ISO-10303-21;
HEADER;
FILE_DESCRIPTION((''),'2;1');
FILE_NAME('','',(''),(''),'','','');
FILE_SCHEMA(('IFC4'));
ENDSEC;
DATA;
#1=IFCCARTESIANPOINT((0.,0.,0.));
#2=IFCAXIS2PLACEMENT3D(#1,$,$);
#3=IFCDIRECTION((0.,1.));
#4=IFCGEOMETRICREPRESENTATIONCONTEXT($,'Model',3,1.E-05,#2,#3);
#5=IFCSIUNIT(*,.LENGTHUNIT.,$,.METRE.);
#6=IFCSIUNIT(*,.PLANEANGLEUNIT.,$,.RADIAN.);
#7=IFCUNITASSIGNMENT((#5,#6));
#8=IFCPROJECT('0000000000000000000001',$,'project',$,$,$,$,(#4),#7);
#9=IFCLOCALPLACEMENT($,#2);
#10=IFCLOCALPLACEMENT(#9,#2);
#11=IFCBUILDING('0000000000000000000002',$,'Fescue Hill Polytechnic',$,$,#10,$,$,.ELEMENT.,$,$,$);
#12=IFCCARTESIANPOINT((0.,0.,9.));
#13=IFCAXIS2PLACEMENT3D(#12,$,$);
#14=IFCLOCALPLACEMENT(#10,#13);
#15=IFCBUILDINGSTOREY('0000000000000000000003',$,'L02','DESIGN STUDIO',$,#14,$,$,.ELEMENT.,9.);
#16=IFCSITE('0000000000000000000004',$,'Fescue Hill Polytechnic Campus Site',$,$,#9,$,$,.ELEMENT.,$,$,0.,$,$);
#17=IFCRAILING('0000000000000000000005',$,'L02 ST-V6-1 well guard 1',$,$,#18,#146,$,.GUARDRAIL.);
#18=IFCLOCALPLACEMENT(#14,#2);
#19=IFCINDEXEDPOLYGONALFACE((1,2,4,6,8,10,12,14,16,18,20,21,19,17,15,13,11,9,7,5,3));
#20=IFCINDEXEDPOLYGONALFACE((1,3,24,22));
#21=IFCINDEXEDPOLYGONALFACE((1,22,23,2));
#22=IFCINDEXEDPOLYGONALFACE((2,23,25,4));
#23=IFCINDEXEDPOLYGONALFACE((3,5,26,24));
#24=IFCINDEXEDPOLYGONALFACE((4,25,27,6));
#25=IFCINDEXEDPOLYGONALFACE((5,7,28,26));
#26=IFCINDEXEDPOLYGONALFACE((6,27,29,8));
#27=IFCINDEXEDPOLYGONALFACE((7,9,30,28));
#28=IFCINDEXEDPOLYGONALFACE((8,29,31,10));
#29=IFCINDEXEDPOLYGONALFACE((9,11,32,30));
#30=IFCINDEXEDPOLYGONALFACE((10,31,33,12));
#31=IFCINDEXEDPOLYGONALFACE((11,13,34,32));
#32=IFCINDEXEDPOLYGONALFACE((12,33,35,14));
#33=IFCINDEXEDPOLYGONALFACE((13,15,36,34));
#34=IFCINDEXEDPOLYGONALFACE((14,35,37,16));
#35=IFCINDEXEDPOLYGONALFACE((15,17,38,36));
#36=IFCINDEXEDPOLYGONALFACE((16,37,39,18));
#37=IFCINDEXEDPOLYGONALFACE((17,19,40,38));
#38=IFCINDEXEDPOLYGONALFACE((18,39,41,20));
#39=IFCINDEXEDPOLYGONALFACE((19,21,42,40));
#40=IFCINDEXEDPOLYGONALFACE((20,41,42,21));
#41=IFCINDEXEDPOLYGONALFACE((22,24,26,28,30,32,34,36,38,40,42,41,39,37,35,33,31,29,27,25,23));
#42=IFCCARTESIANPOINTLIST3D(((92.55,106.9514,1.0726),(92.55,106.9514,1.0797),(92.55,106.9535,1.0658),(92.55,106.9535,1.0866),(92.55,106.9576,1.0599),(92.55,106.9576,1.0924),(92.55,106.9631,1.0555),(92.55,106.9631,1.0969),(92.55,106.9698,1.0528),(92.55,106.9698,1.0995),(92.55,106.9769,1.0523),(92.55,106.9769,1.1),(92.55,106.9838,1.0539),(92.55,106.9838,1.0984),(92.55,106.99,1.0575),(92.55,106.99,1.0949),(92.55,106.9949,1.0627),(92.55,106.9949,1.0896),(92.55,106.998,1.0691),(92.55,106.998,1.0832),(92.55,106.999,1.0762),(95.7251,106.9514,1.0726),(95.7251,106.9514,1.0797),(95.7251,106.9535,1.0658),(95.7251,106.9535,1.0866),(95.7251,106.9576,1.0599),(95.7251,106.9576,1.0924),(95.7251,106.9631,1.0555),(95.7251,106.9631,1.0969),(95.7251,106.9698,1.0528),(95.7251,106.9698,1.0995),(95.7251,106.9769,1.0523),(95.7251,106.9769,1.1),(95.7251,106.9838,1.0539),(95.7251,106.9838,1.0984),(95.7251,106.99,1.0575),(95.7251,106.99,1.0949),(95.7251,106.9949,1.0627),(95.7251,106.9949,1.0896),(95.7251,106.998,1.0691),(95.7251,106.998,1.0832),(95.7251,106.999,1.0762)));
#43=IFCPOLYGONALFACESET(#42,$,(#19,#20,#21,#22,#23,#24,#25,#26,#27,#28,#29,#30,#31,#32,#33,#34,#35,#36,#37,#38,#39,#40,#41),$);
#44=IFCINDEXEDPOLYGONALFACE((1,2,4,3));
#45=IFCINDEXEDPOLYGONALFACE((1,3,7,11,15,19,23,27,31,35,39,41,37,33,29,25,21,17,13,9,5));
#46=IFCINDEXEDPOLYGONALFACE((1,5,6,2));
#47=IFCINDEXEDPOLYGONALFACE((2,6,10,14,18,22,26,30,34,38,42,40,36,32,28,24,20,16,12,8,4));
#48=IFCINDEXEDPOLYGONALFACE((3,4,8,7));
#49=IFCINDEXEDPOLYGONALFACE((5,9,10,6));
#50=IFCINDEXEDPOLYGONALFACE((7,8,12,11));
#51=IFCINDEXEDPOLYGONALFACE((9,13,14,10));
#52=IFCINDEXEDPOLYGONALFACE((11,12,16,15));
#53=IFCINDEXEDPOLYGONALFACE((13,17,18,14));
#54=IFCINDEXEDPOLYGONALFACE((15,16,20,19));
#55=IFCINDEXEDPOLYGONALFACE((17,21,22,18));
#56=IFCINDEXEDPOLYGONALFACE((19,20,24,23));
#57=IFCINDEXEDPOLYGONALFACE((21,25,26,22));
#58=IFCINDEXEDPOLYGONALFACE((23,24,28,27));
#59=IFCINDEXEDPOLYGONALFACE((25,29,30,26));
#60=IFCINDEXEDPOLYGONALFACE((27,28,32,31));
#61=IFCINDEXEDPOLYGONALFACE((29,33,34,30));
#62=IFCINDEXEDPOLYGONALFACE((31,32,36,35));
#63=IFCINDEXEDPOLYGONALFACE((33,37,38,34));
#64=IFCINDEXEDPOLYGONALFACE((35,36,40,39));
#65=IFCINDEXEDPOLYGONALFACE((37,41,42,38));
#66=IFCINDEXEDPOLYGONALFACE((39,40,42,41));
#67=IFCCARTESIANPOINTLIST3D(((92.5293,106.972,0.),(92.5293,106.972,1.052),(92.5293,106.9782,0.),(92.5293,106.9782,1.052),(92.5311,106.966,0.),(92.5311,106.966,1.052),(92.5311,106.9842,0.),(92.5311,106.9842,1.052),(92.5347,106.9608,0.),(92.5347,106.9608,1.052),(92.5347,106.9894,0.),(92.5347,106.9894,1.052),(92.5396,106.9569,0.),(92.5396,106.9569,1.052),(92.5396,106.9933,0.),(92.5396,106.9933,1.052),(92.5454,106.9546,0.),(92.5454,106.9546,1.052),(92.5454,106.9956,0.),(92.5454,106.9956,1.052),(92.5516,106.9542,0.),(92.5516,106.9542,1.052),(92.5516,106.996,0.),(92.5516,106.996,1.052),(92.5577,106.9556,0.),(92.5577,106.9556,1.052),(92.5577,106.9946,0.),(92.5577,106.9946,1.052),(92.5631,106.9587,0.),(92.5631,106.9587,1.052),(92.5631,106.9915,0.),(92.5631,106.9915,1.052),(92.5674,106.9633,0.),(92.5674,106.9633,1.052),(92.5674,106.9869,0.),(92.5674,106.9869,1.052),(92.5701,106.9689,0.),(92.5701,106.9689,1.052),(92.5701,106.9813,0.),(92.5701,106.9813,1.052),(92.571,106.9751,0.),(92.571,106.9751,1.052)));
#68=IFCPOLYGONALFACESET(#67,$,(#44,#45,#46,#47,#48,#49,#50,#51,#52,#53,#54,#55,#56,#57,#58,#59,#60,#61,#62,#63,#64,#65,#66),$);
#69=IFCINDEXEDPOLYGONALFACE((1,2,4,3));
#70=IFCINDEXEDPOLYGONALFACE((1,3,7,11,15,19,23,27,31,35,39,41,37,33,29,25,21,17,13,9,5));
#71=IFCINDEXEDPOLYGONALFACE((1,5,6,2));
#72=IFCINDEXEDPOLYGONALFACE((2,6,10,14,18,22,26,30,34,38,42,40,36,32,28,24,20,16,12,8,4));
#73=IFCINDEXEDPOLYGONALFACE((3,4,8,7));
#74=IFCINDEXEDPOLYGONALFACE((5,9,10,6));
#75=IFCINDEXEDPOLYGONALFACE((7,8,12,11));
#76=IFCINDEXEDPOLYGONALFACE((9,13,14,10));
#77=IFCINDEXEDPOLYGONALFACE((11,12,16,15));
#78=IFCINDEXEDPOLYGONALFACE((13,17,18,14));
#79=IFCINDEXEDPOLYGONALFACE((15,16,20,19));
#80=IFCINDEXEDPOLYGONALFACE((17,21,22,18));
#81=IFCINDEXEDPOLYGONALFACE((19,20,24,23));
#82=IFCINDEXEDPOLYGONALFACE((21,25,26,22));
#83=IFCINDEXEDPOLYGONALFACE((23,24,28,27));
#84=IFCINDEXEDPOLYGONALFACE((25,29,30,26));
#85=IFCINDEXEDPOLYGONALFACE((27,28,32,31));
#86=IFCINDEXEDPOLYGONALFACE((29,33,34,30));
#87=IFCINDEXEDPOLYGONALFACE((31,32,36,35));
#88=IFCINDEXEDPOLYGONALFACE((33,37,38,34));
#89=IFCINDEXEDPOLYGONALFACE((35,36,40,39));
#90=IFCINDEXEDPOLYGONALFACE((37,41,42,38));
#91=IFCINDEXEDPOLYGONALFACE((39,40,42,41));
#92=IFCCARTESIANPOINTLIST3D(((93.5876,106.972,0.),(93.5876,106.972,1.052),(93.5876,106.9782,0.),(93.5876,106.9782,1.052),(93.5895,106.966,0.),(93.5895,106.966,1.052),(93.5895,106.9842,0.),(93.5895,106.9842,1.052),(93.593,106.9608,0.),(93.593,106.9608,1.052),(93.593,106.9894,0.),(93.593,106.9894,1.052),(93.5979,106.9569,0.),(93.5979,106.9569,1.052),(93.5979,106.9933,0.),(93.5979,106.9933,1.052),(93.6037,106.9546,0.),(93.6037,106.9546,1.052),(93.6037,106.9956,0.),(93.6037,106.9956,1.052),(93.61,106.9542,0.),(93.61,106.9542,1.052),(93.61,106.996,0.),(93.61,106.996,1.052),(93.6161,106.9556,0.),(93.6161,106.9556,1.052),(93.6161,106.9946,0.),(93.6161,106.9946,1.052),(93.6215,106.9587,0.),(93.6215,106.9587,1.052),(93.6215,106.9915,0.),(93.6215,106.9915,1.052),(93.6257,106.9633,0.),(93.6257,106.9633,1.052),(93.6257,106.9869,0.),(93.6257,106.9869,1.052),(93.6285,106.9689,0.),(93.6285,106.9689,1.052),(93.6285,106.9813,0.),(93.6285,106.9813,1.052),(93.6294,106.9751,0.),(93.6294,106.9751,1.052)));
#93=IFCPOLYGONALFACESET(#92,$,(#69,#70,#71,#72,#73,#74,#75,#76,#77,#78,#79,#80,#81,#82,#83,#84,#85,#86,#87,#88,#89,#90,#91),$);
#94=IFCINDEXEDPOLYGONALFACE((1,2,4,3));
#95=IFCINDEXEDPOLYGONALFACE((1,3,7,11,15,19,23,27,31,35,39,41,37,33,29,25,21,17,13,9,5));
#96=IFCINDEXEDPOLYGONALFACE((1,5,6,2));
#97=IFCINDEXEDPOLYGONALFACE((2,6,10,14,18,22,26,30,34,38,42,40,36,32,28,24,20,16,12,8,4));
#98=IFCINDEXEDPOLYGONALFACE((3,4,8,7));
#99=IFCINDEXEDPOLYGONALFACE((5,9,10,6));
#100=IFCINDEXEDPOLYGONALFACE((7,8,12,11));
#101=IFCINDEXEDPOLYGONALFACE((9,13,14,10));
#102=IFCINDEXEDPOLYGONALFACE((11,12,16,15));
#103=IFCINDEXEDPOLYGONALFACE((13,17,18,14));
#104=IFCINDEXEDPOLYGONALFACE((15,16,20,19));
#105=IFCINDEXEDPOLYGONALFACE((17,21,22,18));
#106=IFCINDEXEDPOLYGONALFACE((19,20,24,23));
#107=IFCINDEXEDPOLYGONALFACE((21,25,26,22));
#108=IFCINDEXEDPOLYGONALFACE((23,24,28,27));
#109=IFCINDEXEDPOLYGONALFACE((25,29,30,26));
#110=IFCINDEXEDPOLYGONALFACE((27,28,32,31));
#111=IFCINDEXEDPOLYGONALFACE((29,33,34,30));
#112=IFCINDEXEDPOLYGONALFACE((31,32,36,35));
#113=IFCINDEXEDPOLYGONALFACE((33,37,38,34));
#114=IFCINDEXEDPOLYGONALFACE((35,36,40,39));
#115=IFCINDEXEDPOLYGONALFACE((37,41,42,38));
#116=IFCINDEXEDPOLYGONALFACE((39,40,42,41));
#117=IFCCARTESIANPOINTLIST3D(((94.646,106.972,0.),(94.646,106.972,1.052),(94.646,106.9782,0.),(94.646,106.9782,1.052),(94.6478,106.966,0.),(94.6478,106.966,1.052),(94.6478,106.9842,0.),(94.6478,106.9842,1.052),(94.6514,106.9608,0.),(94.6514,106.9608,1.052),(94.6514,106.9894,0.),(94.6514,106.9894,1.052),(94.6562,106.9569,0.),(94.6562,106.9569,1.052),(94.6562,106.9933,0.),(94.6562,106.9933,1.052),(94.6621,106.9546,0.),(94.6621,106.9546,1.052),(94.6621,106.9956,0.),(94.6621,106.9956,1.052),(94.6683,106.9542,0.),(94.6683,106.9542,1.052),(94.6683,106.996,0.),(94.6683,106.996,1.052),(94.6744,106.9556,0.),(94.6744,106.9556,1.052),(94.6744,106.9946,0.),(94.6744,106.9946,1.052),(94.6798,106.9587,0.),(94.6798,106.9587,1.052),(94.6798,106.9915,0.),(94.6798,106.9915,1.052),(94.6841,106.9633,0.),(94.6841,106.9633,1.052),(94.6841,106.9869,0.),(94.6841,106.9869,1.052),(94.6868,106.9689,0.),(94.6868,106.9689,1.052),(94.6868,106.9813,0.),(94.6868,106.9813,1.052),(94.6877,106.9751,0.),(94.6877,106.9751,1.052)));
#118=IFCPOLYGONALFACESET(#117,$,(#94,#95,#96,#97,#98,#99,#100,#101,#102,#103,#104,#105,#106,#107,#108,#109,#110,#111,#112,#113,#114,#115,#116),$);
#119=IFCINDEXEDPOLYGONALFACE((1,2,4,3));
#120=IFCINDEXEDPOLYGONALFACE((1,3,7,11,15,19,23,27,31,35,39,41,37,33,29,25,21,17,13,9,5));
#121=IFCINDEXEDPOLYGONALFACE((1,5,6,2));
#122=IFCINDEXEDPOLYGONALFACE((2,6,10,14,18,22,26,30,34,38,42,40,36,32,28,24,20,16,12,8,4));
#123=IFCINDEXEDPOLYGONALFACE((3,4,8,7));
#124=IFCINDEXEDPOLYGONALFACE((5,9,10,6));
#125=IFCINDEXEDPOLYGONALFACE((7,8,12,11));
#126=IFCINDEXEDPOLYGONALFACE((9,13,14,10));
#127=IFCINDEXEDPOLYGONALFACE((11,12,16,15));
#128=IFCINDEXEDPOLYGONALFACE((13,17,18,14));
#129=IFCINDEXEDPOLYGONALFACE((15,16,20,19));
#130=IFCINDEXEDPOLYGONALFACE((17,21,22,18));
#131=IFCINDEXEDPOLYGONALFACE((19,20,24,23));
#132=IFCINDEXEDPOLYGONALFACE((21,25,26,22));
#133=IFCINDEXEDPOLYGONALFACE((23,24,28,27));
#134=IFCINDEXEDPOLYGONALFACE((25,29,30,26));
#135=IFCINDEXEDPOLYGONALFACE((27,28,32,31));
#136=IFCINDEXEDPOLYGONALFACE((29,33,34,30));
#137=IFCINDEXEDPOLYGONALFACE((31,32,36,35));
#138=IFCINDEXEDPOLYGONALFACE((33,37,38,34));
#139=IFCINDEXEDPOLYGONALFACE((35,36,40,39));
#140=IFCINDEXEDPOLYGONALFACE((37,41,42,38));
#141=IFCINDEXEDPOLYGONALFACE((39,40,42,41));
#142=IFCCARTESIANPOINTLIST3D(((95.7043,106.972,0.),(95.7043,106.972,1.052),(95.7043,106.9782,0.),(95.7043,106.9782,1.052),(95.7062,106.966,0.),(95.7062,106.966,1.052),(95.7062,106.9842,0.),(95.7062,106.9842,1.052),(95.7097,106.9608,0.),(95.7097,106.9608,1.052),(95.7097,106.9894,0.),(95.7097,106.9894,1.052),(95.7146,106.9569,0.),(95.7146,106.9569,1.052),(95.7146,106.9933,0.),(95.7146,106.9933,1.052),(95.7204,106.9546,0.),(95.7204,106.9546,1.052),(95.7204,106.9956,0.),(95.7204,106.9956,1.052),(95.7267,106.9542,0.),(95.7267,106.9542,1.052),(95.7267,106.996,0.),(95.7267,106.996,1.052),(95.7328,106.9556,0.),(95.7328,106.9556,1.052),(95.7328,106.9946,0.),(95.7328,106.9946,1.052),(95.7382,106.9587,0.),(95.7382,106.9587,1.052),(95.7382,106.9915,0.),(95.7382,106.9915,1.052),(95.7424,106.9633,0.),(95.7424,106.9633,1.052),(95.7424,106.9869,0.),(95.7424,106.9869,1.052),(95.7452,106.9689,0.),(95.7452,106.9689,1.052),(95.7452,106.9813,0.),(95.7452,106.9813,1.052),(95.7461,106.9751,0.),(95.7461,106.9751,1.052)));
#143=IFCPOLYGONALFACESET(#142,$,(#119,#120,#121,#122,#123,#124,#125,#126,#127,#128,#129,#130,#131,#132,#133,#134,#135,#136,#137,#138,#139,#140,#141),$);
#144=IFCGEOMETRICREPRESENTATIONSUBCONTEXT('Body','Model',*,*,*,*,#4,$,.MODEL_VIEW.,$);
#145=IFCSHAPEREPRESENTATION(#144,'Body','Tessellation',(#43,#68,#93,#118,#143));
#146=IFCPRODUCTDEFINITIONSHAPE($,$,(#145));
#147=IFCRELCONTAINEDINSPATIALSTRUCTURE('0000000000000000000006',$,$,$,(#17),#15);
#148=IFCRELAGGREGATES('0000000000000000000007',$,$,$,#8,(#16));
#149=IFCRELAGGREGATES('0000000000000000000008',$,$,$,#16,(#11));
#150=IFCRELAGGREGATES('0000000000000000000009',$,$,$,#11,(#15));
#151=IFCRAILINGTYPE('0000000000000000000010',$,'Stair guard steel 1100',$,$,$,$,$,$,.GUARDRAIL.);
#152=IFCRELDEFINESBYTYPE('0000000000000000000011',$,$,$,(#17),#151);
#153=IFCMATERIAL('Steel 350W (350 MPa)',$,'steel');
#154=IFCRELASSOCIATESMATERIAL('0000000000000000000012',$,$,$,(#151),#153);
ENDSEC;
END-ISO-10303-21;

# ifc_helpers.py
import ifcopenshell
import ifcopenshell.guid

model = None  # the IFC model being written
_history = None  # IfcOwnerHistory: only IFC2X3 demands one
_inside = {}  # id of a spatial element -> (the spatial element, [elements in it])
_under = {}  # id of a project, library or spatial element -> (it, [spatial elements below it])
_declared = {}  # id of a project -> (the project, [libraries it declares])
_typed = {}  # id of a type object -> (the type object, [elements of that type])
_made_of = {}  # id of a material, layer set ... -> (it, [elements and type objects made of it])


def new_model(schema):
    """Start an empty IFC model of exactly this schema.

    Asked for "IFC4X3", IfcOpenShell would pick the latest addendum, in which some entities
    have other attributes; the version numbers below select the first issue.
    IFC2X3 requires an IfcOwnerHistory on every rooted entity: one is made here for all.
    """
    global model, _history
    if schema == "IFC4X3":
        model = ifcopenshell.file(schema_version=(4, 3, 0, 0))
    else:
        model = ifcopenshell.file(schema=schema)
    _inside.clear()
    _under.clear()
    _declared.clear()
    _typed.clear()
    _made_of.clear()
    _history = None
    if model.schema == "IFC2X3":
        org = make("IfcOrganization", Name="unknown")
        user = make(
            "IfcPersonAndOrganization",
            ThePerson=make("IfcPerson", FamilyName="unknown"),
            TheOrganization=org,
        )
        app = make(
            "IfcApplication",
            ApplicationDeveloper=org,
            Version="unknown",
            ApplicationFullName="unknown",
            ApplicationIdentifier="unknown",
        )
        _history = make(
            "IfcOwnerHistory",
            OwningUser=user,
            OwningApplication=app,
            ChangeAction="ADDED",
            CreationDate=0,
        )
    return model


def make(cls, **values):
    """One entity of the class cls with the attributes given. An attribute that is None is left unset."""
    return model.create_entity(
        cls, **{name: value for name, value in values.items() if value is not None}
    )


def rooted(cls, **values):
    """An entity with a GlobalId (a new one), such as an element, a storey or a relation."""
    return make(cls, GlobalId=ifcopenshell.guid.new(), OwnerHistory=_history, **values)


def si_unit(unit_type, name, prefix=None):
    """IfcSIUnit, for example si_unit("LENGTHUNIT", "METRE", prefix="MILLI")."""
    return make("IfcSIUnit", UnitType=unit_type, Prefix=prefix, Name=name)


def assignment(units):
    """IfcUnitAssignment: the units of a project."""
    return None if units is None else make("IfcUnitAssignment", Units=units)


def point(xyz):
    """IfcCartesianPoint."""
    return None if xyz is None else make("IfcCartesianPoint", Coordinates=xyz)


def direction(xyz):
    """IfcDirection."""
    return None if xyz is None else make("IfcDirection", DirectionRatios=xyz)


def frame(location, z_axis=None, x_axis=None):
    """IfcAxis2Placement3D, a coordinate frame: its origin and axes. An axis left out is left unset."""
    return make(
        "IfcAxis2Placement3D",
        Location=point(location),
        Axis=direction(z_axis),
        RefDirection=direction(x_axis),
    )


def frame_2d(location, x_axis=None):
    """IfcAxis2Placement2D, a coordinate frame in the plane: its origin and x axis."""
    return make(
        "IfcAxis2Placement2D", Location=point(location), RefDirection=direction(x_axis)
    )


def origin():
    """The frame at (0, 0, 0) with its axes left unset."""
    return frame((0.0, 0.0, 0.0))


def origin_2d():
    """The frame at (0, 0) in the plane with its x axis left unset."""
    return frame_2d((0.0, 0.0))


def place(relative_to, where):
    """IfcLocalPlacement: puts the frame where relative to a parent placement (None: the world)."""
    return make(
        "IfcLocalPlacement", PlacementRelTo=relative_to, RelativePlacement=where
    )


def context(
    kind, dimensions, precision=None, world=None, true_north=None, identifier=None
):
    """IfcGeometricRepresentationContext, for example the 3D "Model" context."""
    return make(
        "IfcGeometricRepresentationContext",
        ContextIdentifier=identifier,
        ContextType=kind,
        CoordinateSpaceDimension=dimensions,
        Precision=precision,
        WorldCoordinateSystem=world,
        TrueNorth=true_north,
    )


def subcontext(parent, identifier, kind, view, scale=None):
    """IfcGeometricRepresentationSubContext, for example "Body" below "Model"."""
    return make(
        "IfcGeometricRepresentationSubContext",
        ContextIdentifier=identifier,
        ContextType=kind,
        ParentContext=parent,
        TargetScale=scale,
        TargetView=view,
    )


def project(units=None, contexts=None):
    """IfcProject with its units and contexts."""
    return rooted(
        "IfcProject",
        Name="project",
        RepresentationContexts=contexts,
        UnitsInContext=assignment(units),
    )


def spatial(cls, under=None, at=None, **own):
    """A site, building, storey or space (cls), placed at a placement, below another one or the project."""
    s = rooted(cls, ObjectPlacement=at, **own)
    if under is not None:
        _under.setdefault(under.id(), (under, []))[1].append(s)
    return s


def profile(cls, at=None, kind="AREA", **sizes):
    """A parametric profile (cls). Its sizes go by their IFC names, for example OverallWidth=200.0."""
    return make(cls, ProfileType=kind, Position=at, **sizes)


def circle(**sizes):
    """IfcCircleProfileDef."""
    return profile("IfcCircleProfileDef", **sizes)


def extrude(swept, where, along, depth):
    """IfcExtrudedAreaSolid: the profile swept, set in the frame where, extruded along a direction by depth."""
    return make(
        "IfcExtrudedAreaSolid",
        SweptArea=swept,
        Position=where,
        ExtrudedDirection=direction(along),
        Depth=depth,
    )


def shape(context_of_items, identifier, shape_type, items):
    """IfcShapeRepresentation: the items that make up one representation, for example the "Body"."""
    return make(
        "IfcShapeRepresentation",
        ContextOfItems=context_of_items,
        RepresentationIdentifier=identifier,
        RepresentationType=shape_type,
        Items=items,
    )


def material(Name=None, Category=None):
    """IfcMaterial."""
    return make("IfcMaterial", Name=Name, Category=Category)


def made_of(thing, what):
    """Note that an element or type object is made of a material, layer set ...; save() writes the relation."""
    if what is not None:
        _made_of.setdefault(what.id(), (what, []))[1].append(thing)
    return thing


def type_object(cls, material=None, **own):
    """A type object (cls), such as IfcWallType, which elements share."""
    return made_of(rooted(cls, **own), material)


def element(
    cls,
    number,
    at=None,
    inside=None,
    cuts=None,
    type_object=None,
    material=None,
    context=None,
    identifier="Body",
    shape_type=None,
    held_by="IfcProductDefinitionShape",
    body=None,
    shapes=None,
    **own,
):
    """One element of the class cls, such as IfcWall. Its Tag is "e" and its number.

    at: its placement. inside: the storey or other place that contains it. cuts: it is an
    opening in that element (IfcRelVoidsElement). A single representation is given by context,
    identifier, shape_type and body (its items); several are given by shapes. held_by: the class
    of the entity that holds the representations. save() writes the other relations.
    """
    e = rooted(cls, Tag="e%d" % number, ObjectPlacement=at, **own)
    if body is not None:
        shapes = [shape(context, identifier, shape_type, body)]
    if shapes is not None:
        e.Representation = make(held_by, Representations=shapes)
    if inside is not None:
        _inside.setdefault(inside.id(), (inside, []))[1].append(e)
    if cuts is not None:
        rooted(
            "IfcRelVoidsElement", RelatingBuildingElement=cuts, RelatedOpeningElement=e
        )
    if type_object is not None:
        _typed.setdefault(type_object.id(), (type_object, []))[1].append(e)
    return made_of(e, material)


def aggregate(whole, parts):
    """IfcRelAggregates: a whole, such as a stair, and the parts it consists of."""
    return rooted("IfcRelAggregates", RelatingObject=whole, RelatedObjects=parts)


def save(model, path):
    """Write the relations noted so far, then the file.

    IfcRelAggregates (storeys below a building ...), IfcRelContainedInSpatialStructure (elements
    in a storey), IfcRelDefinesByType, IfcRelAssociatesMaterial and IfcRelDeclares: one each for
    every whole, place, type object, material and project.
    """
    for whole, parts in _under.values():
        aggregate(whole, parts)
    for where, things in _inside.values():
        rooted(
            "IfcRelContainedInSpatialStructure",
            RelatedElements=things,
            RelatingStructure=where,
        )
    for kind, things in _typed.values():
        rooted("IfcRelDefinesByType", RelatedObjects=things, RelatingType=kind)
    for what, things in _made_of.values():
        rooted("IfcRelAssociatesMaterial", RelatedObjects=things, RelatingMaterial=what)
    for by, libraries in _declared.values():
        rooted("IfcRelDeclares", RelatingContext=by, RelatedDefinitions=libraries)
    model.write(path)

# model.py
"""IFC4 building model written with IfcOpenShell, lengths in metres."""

from ifc_helpers import new_model, si_unit, direction, frame, origin, origin_2d, place, context, subcontext, project, spatial, circle, extrude, material, type_object, element, save


model = new_model("IFC4")

# Units and contexts
model_context = context("Model", 3, precision=1e-05, world=origin(), true_north=direction((0.0, 1.0)))
body_context = subcontext(model_context, "Body", "Model", "MODEL_VIEW")
ifc_project = project(units=[si_unit("LENGTHUNIT", "METRE"), si_unit("PLANEANGLEUNIT", "RADIAN")], contexts=[model_context])

# Site, building, storey
site_placement = place(None, origin())
site = spatial("IfcSite", under=ifc_project, at=site_placement, Name="Fescue Hill Polytechnic Campus Site", CompositionType="ELEMENT", RefElevation=0.0)
building_placement = place(site_placement, origin())
building = spatial("IfcBuilding", under=site, at=building_placement, Name="Fescue Hill Polytechnic", CompositionType="ELEMENT")
storey_placement = place(building_placement, frame((0.0, 0.0, 9.0)))
storey = spatial("IfcBuildingStorey", under=building, at=storey_placement, Name="L02", Description="DESIGN STUDIO", CompositionType="ELEMENT", Elevation=9.0)

# Railing
ifc_material_1 = material(Name="Steel 350W (350 MPa)", Category="steel")
railing_type = type_object("IfcRailingType", Name="Stair guard steel 1100", PredefinedType="GUARDRAIL", material=ifc_material_1)
railing_placement = place(storey_placement, frame((92.55, 106.9751, 0.0)))
element("IfcRailing", 1, at=railing_placement, inside=storey, type_object=railing_type, Name="L02 ST-V6-1 well guard 1", PredefinedType="GUARDRAIL", context=body_context, shape_type="SweptSolid", body=[
    extrude(circle(Radius=0.0239, at=origin_2d()), frame((0.0, 0.0, 1.0762), z_axis=(1.0, 0.0, 0.0), x_axis=(0.0, 1.0, 0.0)), (0.0, 0.0, 1.0), 3.175),
    extrude(circle(Radius=0.021, at=origin_2d()), origin(), (0.0, 0.0, 1.0), 1.052),
    extrude(circle(Radius=0.021, at=origin_2d()), frame((1.0583, 0.0, 0.0)), (0.0, 0.0, 1.0), 1.052),
    extrude(circle(Radius=0.021, at=origin_2d()), frame((2.1167, 0.0, 0.0)), (0.0, 0.0, 1.0), 1.052),
    extrude(circle(Radius=0.021, at=origin_2d()), frame((3.175, 0.0, 0.0)), (0.0, 0.0, 1.0), 1.052),
])

save(model, "model.ifc")
